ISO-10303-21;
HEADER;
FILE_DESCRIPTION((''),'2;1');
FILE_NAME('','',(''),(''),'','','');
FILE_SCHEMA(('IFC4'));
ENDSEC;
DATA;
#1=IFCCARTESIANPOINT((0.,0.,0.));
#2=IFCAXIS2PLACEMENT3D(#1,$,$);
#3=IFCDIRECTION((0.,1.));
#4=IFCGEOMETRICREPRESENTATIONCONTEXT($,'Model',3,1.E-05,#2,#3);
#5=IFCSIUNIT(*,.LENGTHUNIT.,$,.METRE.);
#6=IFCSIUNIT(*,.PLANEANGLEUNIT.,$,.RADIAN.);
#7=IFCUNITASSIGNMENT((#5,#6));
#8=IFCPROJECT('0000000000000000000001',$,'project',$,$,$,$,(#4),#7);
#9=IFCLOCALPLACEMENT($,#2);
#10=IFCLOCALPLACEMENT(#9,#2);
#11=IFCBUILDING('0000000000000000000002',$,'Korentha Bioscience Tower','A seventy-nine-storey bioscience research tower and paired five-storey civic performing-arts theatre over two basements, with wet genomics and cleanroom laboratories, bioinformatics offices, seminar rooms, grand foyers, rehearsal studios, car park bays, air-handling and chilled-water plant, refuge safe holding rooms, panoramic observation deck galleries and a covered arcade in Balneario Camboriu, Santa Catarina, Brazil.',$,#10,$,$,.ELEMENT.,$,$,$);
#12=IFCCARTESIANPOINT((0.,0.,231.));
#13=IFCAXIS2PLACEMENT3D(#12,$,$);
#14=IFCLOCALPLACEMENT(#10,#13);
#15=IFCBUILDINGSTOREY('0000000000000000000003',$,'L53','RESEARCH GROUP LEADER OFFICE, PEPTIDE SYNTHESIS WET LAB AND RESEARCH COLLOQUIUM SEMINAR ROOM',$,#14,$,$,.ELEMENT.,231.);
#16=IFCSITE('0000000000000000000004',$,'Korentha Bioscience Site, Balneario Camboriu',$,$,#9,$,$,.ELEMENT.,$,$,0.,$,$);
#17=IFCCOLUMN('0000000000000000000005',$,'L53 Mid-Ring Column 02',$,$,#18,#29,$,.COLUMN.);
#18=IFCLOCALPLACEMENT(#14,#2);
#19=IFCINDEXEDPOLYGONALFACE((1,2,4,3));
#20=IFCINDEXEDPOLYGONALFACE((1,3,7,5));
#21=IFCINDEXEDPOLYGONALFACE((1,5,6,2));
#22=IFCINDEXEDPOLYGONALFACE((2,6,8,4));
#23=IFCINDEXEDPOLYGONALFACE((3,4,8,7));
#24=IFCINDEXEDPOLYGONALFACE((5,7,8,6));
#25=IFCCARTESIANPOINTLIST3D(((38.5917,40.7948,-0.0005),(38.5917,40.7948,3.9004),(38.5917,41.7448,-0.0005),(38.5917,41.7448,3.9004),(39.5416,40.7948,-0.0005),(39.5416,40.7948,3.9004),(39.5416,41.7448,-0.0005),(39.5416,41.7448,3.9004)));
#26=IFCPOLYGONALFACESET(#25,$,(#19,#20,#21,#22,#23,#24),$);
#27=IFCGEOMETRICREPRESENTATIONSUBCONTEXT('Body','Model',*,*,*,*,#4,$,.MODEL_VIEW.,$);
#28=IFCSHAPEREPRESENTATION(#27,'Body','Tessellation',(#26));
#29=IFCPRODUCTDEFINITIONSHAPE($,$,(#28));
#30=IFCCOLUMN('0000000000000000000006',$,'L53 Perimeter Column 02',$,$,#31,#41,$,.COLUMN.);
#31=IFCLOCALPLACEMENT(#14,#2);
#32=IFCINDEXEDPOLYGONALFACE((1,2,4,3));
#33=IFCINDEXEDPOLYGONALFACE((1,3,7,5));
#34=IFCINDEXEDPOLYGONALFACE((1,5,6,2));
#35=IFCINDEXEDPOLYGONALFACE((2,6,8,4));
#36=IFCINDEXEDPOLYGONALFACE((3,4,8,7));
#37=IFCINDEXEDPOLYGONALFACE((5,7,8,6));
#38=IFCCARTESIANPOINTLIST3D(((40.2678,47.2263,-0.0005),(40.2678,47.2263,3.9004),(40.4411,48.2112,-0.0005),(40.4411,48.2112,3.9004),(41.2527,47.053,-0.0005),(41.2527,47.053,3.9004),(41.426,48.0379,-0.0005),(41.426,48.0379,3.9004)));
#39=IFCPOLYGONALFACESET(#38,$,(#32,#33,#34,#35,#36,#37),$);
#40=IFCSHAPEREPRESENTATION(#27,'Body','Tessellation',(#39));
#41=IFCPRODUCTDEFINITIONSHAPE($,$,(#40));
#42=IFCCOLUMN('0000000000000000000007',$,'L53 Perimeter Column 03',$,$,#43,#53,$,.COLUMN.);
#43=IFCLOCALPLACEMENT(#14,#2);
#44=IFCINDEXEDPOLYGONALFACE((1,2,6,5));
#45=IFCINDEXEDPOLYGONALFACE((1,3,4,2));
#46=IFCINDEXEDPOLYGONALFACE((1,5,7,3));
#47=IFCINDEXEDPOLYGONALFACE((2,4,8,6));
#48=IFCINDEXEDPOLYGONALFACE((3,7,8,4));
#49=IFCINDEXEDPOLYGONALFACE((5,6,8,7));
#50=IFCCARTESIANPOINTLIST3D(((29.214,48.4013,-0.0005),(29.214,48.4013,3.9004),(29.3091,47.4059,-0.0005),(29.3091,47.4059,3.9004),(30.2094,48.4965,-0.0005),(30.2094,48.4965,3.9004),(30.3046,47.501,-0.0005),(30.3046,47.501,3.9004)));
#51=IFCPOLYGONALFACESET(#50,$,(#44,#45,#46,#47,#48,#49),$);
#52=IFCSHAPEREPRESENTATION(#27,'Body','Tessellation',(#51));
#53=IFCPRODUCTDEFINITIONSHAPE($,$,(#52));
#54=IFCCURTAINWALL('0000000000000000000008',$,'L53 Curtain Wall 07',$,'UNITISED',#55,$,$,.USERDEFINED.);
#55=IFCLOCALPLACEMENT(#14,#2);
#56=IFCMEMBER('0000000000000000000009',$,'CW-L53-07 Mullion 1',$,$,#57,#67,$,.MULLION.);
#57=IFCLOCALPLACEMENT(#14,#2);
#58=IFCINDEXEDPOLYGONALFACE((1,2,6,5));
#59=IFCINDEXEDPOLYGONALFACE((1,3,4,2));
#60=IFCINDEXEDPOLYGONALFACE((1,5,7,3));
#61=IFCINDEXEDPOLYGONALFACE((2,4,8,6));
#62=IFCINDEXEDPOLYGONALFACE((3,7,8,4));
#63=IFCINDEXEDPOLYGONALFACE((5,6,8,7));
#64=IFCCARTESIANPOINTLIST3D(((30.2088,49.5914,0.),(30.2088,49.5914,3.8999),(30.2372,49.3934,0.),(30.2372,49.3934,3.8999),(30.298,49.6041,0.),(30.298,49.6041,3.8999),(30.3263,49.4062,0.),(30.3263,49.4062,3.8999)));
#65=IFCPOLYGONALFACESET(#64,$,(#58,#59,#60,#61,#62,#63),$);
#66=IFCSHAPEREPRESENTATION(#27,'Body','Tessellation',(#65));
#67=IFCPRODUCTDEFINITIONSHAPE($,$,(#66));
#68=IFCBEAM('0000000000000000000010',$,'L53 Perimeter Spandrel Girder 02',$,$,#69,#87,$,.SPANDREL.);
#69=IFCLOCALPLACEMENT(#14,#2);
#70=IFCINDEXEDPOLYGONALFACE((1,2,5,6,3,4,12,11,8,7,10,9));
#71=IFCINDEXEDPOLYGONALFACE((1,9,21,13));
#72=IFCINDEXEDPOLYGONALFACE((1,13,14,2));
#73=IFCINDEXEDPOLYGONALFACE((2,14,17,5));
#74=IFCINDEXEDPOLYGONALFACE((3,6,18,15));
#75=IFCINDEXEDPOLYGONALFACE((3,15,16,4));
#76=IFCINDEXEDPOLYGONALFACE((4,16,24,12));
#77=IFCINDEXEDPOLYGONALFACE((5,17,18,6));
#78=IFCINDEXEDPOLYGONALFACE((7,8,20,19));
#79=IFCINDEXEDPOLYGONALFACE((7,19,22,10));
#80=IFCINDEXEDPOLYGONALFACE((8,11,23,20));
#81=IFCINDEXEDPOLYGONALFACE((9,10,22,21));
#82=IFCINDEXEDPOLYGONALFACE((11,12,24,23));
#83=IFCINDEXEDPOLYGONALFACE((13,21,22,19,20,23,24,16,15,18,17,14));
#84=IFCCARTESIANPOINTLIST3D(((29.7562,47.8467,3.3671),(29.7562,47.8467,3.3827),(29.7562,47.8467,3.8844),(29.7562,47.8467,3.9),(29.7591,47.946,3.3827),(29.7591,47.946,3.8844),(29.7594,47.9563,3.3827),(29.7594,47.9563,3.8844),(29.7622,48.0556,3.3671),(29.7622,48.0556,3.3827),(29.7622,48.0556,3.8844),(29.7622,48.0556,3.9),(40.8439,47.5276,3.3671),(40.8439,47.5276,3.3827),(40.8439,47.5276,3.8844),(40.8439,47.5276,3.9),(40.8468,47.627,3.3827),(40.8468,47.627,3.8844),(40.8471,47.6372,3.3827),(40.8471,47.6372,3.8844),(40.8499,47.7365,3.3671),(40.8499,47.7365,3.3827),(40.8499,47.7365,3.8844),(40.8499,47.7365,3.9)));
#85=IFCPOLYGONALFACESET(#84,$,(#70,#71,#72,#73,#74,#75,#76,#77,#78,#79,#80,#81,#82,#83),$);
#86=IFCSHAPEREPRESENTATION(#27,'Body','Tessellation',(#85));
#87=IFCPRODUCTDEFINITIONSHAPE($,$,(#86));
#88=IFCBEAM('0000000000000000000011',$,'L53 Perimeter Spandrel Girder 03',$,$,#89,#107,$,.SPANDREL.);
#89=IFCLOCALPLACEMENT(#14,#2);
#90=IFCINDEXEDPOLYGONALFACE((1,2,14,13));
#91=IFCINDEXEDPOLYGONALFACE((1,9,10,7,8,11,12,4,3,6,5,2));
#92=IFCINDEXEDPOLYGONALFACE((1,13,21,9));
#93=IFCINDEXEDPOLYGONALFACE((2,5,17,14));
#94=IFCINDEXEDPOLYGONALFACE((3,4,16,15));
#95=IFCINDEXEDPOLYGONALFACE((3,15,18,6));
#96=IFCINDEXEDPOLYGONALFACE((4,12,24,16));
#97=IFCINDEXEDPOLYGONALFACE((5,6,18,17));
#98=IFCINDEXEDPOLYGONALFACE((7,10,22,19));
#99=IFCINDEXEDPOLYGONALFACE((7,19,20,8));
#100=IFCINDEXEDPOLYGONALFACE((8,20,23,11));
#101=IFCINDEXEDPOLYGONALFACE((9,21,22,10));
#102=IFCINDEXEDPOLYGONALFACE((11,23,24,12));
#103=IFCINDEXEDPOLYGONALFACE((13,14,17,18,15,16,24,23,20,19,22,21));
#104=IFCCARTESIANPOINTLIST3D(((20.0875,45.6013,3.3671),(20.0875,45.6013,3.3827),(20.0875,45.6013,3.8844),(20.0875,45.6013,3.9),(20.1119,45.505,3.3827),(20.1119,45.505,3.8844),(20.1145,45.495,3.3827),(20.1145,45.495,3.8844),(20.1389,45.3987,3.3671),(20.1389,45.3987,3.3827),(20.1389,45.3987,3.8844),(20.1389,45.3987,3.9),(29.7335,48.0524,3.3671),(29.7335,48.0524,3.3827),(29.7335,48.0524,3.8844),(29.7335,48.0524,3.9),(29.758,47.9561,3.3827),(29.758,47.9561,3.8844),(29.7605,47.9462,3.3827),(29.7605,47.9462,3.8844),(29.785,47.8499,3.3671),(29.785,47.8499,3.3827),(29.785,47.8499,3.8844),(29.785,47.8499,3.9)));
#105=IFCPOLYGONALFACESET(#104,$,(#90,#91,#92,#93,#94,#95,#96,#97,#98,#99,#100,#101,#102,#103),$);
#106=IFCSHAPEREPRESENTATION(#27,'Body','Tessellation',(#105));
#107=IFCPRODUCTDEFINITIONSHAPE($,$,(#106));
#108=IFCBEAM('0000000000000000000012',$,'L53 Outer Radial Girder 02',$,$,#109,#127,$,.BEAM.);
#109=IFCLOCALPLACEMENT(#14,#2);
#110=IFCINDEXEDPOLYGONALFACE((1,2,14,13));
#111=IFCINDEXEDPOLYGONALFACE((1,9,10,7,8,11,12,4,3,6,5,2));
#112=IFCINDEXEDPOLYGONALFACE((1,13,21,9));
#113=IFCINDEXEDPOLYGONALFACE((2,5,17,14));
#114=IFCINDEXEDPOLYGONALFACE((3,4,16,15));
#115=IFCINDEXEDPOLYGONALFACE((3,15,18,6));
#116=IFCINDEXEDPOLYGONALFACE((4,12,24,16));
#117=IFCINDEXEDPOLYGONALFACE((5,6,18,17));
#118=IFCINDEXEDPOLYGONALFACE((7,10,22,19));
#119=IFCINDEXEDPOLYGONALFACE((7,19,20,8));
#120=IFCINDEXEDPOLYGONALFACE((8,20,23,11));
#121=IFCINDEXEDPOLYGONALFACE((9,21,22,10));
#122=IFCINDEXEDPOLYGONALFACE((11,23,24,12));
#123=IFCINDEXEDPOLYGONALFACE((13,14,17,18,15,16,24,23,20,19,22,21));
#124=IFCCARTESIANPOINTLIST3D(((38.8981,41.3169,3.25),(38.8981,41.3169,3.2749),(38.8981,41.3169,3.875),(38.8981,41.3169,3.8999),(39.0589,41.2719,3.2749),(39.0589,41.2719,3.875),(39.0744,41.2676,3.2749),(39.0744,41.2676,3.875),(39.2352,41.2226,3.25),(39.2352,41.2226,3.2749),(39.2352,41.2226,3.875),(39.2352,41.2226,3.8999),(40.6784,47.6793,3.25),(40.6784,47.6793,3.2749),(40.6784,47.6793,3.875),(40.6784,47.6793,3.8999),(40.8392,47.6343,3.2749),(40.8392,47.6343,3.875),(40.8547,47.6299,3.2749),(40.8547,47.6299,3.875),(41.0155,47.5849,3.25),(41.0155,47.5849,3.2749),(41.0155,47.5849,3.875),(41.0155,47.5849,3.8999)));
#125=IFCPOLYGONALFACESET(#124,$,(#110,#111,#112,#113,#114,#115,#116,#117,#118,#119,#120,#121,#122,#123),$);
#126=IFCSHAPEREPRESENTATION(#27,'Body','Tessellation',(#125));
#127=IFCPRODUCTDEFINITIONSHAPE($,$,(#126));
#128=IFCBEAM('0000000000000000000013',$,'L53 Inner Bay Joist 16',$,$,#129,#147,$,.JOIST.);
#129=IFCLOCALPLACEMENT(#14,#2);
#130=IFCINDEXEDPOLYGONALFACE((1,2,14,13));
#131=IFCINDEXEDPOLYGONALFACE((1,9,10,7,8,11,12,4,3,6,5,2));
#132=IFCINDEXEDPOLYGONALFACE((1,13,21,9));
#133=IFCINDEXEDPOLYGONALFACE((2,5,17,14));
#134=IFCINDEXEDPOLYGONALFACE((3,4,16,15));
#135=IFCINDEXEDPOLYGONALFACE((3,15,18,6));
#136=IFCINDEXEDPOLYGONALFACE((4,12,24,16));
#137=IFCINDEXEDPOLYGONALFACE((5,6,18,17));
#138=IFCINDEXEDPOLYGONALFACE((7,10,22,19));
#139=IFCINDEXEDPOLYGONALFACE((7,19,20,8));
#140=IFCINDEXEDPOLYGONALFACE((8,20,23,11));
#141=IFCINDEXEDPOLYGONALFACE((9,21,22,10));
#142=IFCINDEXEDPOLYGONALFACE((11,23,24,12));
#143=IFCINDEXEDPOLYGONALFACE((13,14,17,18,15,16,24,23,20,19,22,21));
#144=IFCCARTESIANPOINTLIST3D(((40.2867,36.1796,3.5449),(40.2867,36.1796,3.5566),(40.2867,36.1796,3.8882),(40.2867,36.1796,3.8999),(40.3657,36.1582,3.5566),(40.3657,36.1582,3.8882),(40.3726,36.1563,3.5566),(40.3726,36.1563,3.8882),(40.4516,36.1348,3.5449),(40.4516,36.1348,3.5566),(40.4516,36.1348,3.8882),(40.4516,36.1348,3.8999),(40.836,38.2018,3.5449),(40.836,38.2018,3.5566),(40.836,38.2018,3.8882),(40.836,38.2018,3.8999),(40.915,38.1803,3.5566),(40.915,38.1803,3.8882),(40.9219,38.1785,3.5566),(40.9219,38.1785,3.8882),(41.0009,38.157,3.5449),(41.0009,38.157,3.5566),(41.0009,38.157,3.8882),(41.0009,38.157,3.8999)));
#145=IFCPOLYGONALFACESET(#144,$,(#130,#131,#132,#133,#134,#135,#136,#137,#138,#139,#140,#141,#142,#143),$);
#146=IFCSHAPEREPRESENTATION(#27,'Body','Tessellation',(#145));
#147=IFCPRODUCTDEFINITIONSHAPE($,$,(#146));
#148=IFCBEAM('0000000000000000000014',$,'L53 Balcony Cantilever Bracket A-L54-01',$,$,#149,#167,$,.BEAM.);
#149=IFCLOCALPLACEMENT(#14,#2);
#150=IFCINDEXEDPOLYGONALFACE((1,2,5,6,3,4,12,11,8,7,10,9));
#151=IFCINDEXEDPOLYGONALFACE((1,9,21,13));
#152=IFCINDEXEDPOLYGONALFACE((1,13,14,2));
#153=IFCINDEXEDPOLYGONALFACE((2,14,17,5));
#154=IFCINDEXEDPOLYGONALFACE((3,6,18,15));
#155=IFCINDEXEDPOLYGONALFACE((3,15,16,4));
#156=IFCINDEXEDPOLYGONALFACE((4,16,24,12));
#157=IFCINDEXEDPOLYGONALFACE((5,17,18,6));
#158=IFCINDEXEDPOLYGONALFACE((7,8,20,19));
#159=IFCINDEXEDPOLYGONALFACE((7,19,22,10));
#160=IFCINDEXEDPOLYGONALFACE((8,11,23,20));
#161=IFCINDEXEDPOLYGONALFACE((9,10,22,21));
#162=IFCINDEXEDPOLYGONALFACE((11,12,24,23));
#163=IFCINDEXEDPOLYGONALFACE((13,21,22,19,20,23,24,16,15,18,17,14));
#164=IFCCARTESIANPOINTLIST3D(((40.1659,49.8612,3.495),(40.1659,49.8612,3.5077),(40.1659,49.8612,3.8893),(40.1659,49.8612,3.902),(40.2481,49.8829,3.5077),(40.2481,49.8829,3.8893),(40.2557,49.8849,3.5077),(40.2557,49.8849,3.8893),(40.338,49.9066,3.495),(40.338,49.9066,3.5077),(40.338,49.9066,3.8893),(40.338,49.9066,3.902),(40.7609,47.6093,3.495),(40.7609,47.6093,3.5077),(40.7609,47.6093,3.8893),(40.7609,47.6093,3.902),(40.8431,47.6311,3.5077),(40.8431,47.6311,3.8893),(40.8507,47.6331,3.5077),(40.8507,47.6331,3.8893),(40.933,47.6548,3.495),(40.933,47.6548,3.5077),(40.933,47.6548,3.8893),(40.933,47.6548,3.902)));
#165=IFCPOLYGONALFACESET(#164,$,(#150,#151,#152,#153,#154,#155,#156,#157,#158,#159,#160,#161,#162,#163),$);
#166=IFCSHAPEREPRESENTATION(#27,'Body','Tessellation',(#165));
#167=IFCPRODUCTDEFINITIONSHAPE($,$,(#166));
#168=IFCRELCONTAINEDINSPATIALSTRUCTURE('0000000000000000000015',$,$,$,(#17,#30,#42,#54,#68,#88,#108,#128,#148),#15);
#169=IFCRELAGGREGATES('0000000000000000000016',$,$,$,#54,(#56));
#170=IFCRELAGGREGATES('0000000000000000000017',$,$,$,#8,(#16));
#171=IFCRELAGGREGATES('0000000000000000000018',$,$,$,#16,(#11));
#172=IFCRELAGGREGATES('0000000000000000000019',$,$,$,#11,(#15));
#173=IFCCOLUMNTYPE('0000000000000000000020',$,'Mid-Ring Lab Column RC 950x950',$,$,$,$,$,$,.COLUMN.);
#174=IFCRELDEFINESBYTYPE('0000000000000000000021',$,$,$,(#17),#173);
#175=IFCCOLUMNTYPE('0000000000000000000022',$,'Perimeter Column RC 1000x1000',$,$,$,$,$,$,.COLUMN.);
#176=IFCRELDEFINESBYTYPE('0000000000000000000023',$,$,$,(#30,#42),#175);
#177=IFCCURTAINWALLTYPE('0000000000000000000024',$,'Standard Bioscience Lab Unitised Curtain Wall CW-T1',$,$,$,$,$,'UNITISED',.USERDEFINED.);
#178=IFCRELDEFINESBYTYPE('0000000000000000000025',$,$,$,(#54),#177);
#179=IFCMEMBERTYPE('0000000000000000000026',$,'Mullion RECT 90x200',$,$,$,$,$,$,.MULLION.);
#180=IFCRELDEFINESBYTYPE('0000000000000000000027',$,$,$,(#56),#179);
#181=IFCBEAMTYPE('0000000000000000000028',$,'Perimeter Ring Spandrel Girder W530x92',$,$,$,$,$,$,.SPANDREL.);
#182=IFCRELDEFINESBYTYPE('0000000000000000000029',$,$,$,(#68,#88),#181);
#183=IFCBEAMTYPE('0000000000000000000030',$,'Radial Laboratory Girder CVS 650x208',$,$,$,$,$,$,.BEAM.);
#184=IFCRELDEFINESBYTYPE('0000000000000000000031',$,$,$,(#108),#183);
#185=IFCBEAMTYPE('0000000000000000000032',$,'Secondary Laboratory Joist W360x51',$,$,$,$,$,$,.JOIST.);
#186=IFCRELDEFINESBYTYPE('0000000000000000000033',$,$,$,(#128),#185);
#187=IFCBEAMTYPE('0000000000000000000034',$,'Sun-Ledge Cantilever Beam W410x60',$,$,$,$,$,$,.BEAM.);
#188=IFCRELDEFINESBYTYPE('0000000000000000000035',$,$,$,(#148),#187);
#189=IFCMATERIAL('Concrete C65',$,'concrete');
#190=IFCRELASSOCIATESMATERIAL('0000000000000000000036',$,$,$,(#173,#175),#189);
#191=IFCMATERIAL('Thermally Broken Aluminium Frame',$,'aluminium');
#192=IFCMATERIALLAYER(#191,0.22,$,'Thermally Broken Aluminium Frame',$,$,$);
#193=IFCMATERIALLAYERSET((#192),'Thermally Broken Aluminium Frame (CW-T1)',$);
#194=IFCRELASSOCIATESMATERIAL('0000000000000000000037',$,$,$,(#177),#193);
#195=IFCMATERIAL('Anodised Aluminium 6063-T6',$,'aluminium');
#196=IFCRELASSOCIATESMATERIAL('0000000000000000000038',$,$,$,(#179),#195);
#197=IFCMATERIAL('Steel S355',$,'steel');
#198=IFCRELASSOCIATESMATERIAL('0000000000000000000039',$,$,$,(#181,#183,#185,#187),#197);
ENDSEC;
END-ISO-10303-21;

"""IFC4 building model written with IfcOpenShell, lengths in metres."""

from ifc_helpers import new_model, si_unit, direction, frame, origin, origin_2d, place, context, subcontext, project, spatial, rectangle, i_section, extrude, material, layer, layer_set, material_profile, profile_set, type_object, element, aggregate, save


model = new_model("IFC4")

# Units and contexts
model_context = context("Model", 3, precision=1e-05, world=origin(), true_north=direction((0.0, 1.0)))
body_context = subcontext(model_context, "Body", "Model", "MODEL_VIEW")
ifc_project = project(units=[si_unit("LENGTHUNIT", "METRE"), si_unit("PLANEANGLEUNIT", "RADIAN")], contexts=[model_context])

# Site, building, storey
site_placement = place(None, origin())
site = spatial("IfcSite", under=ifc_project, at=site_placement, Name="Korentha Bioscience Site, Balneario Camboriu", CompositionType="ELEMENT", RefElevation=0.0)
building_placement = place(site_placement, origin())
building = spatial("IfcBuilding", under=site, at=building_placement, Name="Korentha Bioscience Tower", Description="A seventy-nine-storey bioscience research tower and paired five-storey civic performing-arts theatre over two basements, with wet genomics and cleanroom laboratories, bioinformatics offices, seminar rooms, grand foyers, rehearsal studios, car park bays, air-handling and chilled-water plant, refuge safe holding rooms, panoramic observation deck galleries and a covered arcade in Balneario Camboriu, Santa Catarina, Brazil.", CompositionType="ELEMENT")
storey_placement = place(building_placement, frame((0.0, 0.0, 231.0)))
storey = spatial("IfcBuildingStorey", under=building, at=storey_placement, Name="L53", Description="RESEARCH GROUP LEADER OFFICE, PEPTIDE SYNTHESIS WET LAB AND RESEARCH COLLOQUIUM SEMINAR ROOM", CompositionType="ELEMENT", Elevation=231.0)

# Columns
ifc_material_1 = material(Name="Concrete C65", Category="concrete")
ifc_material_profile_1 = material_profile(ifc_material_1, rectangle(XDim=0.95, YDim=0.95, at=origin_2d()), Name="Concrete C65")
ifc_profile_set_1 = profile_set([ifc_material_profile_1], Name="Concrete C65 (COL-MR09)")
column_type_1 = type_object("IfcColumnType", Name="Mid-Ring Lab Column RC 950x950", PredefinedType="COLUMN", material=ifc_profile_set_1)
column_placement = place(storey_placement, frame((39.0667, 41.2698, -0.0005), z_axis=(0.0, 0.0, 1.0), x_axis=(1.0, 0.0, 0.0)))
element("IfcColumn", 1, at=column_placement, inside=storey, type_object=column_type_1, Name="L53 Mid-Ring Column 02", PredefinedType="COLUMN", context=body_context, shape_type="SweptSolid", body=[
    extrude(rectangle(XDim=0.95, YDim=0.95, at=origin_2d()), origin(), (0.0, 0.0, 1.0), 3.9009),
])
ifc_material_profile_2 = material_profile(ifc_material_1, rectangle(XDim=1.0, YDim=1.0, at=origin_2d()), Name="Concrete C65")
ifc_profile_set_2 = profile_set([ifc_material_profile_2], Name="Concrete C65 (COL-P10)")
column_type_2 = type_object("IfcColumnType", Name="Perimeter Column RC 1000x1000", PredefinedType="COLUMN", material=ifc_profile_set_2)
for number, where, z_axis, x_axis, name in (
    (2, (40.8469, 47.6321, -0.0005), (0.0, 0.0, 1.0), (-0.984868, 0.173304, 0.0), "L53 Perimeter Column 02"),
    (3, (29.7593, 47.9512, -0.0005), (0.0, 0.0, 1.0), (0.995463, 0.095151, 0.0), "L53 Perimeter Column 03"),
):
    element("IfcColumn", number, at=place(storey_placement, frame(where, z_axis=z_axis, x_axis=x_axis)), inside=storey, type_object=column_type_2, Name=name, PredefinedType="COLUMN", context=body_context, shape_type="SweptSolid", body=[
        extrude(rectangle(XDim=1.0, YDim=1.0, at=origin_2d()), origin(), (0.0, 0.0, 1.0), 3.9009),
    ])

# Curtain wall, member
ifc_material_2 = material(Name="Thermally Broken Aluminium Frame", Category="aluminium")
ifc_layer_1 = layer(ifc_material_2, 0.22, Name="Thermally Broken Aluminium Frame")
ifc_layer_set_1 = layer_set([ifc_layer_1], Name="Thermally Broken Aluminium Frame (CW-T1)")
curtain_wall_type = type_object("IfcCurtainWallType", Name="Standard Bioscience Lab Unitised Curtain Wall CW-T1", ElementType="UNITISED", PredefinedType="USERDEFINED", material=ifc_layer_set_1)
curtain_wall_placement = place(storey_placement, origin())
curtain_wall = element("IfcCurtainWall", 4, at=curtain_wall_placement, inside=storey, type_object=curtain_wall_type, Name="L53 Curtain Wall 07", ObjectType="UNITISED", PredefinedType="USERDEFINED")
ifc_material_3 = material(Name="Anodised Aluminium 6063-T6", Category="aluminium")
ifc_material_profile_3 = material_profile(ifc_material_3, rectangle(XDim=0.0901, YDim=0.2, at=origin_2d()), Name="Anodised Aluminium 6063-T6")
ifc_profile_set_3 = profile_set([ifc_material_profile_3], Name="Anodised Aluminium 6063-T6 (CW-MUL)")
member_type_1 = type_object("IfcMemberType", Name="Mullion RECT 90x200", PredefinedType="MULLION", material=ifc_profile_set_3)
member_1_placement = place(storey_placement, frame((30.2676, 49.4988, 0.0), z_axis=(0.0, 0.0, 1.0), x_axis=(-0.989902, -0.141754, 0.0)))
member_1 = element("IfcMember", 5, at=member_1_placement, type_object=member_type_1, Name="CW-L53-07 Mullion 1", PredefinedType="MULLION", context=body_context, shape_type="SweptSolid", body=[
    extrude(rectangle(XDim=0.0901, YDim=0.2, at=origin_2d()), origin(), (0.0, 0.0, 1.0), 3.8999),
])

# Beams
ifc_material_4 = material(Name="Steel S355", Category="steel")
ifc_material_profile_4 = material_profile(ifc_material_4, i_section(OverallWidth=0.209, OverallDepth=0.533, WebThickness=0.0103, FlangeThickness=0.0156, at=origin_2d()), Name="Steel S355")
ifc_profile_set_4 = profile_set([ifc_material_profile_4], Name="Steel S355 (SB-530)")
beam_type_1 = type_object("IfcBeamType", Name="Perimeter Ring Spandrel Girder W530x92", PredefinedType="SPANDREL", material=ifc_profile_set_4)
beam_1_placement = place(storey_placement, frame((40.8469, 47.6321, 3.6335), z_axis=(-0.999586, 0.028767, 0.0), x_axis=(-0.028767, -0.999586, 0.0)))
element("IfcBeam", 6, at=beam_1_placement, inside=storey, type_object=beam_type_1, Name="L53 Perimeter Spandrel Girder 02", PredefinedType="SPANDREL", context=body_context, shape_type="SweptSolid", body=[
    extrude(i_section(OverallWidth=0.209, OverallDepth=0.533, WebThickness=0.0103, FlangeThickness=0.0156, at=origin_2d()), origin(), (0.0, 0.0, 1.0), 11.0923),
])
beam_2_placement = place(storey_placement, frame((29.7593, 47.9512, 3.6335), z_axis=(-0.969197, -0.246286, 0.0), x_axis=(0.246286, -0.969197, 0.0)))
element("IfcBeam", 7, at=beam_2_placement, inside=storey, type_object=beam_type_1, Name="L53 Perimeter Spandrel Girder 03", PredefinedType="SPANDREL", context=body_context, shape_type="SweptSolid", body=[
    extrude(i_section(OverallWidth=0.209, OverallDepth=0.533, WebThickness=0.0103, FlangeThickness=0.0156, at=origin_2d()), origin(), (0.0, 0.0, 1.0), 9.9526),
])
ifc_material_profile_5 = material_profile(ifc_material_4, i_section(OverallWidth=0.3501, OverallDepth=0.6499, WebThickness=0.0161, FlangeThickness=0.0249, at=origin_2d()), Name="Steel S355")
ifc_profile_set_5 = profile_set([ifc_material_profile_5], Name="Steel S355 (RB-650)")
beam_type_2 = type_object("IfcBeamType", Name="Radial Laboratory Girder CVS 650x208", PredefinedType="BEAM", material=ifc_profile_set_5)
beam_3_placement = place(storey_placement, frame((39.0667, 41.2698, 3.575), z_axis=(0.269465, 0.96301, 0.0), x_axis=(-0.96301, 0.269465, 0.0)))
element("IfcBeam", 8, at=beam_3_placement, inside=storey, type_object=beam_type_2, Name="L53 Outer Radial Girder 02", PredefinedType="BEAM", context=body_context, shape_type="SweptSolid", body=[
    extrude(i_section(OverallWidth=0.3501, OverallDepth=0.6499, WebThickness=0.0161, FlangeThickness=0.0249, at=origin_2d()), origin(), (0.0, 0.0, 1.0), 6.6067),
])
ifc_material_profile_6 = material_profile(ifc_material_4, i_section(OverallWidth=0.1709, OverallDepth=0.355, WebThickness=0.0071, FlangeThickness=0.0117, at=origin_2d()), Name="Steel S355")
ifc_profile_set_6 = profile_set([ifc_material_profile_6], Name="Steel S355 (JB-360)")
beam_type_3 = type_object("IfcBeamType", Name="Secondary Laboratory Joist W360x51", PredefinedType="JOIST", material=ifc_profile_set_6)
beam_4_placement = place(storey_placement, frame((40.3691, 36.1572, 3.7224), z_axis=(0.262141, 0.96503, 0.0), x_axis=(-0.96503, 0.262141, 0.0)))
element("IfcBeam", 9, at=beam_4_placement, inside=storey, type_object=beam_type_3, Name="L53 Inner Bay Joist 16", PredefinedType="JOIST", context=body_context, shape_type="SweptSolid", body=[
    extrude(i_section(OverallWidth=0.1709, OverallDepth=0.355, WebThickness=0.0071, FlangeThickness=0.0117, at=origin_2d()), origin(), (0.0, 0.0, 1.0), 2.0955),
])
ifc_material_profile_7 = material_profile(ifc_material_4, i_section(OverallWidth=0.178, OverallDepth=0.407, WebThickness=0.0078, FlangeThickness=0.0127, at=origin_2d()), Name="Steel S355")
ifc_profile_set_7 = profile_set([ifc_material_profile_7], Name="Steel S355 (CB-410)")
beam_type_4 = type_object("IfcBeamType", Name="Sun-Ledge Cantilever Beam W410x60", PredefinedType="BEAM", material=ifc_profile_set_7)
beam_5_placement = place(storey_placement, frame((40.8469, 47.6321, 3.6985), z_axis=(-0.255463, 0.966819, 0.0), x_axis=(-0.966819, -0.255463, 0.0)))
element("IfcBeam", 10, at=beam_5_placement, inside=storey, type_object=beam_type_4, Name="L53 Balcony Cantilever Bracket A-L54-01", PredefinedType="BEAM", context=body_context, shape_type="SweptSolid", body=[
    extrude(i_section(OverallWidth=0.178, OverallDepth=0.407, WebThickness=0.0078, FlangeThickness=0.0127, at=origin_2d()), origin(), (0.0, 0.0, 1.0), 2.3291),
])

aggregate(curtain_wall, [member_1])

save(model, "model.ifc")
